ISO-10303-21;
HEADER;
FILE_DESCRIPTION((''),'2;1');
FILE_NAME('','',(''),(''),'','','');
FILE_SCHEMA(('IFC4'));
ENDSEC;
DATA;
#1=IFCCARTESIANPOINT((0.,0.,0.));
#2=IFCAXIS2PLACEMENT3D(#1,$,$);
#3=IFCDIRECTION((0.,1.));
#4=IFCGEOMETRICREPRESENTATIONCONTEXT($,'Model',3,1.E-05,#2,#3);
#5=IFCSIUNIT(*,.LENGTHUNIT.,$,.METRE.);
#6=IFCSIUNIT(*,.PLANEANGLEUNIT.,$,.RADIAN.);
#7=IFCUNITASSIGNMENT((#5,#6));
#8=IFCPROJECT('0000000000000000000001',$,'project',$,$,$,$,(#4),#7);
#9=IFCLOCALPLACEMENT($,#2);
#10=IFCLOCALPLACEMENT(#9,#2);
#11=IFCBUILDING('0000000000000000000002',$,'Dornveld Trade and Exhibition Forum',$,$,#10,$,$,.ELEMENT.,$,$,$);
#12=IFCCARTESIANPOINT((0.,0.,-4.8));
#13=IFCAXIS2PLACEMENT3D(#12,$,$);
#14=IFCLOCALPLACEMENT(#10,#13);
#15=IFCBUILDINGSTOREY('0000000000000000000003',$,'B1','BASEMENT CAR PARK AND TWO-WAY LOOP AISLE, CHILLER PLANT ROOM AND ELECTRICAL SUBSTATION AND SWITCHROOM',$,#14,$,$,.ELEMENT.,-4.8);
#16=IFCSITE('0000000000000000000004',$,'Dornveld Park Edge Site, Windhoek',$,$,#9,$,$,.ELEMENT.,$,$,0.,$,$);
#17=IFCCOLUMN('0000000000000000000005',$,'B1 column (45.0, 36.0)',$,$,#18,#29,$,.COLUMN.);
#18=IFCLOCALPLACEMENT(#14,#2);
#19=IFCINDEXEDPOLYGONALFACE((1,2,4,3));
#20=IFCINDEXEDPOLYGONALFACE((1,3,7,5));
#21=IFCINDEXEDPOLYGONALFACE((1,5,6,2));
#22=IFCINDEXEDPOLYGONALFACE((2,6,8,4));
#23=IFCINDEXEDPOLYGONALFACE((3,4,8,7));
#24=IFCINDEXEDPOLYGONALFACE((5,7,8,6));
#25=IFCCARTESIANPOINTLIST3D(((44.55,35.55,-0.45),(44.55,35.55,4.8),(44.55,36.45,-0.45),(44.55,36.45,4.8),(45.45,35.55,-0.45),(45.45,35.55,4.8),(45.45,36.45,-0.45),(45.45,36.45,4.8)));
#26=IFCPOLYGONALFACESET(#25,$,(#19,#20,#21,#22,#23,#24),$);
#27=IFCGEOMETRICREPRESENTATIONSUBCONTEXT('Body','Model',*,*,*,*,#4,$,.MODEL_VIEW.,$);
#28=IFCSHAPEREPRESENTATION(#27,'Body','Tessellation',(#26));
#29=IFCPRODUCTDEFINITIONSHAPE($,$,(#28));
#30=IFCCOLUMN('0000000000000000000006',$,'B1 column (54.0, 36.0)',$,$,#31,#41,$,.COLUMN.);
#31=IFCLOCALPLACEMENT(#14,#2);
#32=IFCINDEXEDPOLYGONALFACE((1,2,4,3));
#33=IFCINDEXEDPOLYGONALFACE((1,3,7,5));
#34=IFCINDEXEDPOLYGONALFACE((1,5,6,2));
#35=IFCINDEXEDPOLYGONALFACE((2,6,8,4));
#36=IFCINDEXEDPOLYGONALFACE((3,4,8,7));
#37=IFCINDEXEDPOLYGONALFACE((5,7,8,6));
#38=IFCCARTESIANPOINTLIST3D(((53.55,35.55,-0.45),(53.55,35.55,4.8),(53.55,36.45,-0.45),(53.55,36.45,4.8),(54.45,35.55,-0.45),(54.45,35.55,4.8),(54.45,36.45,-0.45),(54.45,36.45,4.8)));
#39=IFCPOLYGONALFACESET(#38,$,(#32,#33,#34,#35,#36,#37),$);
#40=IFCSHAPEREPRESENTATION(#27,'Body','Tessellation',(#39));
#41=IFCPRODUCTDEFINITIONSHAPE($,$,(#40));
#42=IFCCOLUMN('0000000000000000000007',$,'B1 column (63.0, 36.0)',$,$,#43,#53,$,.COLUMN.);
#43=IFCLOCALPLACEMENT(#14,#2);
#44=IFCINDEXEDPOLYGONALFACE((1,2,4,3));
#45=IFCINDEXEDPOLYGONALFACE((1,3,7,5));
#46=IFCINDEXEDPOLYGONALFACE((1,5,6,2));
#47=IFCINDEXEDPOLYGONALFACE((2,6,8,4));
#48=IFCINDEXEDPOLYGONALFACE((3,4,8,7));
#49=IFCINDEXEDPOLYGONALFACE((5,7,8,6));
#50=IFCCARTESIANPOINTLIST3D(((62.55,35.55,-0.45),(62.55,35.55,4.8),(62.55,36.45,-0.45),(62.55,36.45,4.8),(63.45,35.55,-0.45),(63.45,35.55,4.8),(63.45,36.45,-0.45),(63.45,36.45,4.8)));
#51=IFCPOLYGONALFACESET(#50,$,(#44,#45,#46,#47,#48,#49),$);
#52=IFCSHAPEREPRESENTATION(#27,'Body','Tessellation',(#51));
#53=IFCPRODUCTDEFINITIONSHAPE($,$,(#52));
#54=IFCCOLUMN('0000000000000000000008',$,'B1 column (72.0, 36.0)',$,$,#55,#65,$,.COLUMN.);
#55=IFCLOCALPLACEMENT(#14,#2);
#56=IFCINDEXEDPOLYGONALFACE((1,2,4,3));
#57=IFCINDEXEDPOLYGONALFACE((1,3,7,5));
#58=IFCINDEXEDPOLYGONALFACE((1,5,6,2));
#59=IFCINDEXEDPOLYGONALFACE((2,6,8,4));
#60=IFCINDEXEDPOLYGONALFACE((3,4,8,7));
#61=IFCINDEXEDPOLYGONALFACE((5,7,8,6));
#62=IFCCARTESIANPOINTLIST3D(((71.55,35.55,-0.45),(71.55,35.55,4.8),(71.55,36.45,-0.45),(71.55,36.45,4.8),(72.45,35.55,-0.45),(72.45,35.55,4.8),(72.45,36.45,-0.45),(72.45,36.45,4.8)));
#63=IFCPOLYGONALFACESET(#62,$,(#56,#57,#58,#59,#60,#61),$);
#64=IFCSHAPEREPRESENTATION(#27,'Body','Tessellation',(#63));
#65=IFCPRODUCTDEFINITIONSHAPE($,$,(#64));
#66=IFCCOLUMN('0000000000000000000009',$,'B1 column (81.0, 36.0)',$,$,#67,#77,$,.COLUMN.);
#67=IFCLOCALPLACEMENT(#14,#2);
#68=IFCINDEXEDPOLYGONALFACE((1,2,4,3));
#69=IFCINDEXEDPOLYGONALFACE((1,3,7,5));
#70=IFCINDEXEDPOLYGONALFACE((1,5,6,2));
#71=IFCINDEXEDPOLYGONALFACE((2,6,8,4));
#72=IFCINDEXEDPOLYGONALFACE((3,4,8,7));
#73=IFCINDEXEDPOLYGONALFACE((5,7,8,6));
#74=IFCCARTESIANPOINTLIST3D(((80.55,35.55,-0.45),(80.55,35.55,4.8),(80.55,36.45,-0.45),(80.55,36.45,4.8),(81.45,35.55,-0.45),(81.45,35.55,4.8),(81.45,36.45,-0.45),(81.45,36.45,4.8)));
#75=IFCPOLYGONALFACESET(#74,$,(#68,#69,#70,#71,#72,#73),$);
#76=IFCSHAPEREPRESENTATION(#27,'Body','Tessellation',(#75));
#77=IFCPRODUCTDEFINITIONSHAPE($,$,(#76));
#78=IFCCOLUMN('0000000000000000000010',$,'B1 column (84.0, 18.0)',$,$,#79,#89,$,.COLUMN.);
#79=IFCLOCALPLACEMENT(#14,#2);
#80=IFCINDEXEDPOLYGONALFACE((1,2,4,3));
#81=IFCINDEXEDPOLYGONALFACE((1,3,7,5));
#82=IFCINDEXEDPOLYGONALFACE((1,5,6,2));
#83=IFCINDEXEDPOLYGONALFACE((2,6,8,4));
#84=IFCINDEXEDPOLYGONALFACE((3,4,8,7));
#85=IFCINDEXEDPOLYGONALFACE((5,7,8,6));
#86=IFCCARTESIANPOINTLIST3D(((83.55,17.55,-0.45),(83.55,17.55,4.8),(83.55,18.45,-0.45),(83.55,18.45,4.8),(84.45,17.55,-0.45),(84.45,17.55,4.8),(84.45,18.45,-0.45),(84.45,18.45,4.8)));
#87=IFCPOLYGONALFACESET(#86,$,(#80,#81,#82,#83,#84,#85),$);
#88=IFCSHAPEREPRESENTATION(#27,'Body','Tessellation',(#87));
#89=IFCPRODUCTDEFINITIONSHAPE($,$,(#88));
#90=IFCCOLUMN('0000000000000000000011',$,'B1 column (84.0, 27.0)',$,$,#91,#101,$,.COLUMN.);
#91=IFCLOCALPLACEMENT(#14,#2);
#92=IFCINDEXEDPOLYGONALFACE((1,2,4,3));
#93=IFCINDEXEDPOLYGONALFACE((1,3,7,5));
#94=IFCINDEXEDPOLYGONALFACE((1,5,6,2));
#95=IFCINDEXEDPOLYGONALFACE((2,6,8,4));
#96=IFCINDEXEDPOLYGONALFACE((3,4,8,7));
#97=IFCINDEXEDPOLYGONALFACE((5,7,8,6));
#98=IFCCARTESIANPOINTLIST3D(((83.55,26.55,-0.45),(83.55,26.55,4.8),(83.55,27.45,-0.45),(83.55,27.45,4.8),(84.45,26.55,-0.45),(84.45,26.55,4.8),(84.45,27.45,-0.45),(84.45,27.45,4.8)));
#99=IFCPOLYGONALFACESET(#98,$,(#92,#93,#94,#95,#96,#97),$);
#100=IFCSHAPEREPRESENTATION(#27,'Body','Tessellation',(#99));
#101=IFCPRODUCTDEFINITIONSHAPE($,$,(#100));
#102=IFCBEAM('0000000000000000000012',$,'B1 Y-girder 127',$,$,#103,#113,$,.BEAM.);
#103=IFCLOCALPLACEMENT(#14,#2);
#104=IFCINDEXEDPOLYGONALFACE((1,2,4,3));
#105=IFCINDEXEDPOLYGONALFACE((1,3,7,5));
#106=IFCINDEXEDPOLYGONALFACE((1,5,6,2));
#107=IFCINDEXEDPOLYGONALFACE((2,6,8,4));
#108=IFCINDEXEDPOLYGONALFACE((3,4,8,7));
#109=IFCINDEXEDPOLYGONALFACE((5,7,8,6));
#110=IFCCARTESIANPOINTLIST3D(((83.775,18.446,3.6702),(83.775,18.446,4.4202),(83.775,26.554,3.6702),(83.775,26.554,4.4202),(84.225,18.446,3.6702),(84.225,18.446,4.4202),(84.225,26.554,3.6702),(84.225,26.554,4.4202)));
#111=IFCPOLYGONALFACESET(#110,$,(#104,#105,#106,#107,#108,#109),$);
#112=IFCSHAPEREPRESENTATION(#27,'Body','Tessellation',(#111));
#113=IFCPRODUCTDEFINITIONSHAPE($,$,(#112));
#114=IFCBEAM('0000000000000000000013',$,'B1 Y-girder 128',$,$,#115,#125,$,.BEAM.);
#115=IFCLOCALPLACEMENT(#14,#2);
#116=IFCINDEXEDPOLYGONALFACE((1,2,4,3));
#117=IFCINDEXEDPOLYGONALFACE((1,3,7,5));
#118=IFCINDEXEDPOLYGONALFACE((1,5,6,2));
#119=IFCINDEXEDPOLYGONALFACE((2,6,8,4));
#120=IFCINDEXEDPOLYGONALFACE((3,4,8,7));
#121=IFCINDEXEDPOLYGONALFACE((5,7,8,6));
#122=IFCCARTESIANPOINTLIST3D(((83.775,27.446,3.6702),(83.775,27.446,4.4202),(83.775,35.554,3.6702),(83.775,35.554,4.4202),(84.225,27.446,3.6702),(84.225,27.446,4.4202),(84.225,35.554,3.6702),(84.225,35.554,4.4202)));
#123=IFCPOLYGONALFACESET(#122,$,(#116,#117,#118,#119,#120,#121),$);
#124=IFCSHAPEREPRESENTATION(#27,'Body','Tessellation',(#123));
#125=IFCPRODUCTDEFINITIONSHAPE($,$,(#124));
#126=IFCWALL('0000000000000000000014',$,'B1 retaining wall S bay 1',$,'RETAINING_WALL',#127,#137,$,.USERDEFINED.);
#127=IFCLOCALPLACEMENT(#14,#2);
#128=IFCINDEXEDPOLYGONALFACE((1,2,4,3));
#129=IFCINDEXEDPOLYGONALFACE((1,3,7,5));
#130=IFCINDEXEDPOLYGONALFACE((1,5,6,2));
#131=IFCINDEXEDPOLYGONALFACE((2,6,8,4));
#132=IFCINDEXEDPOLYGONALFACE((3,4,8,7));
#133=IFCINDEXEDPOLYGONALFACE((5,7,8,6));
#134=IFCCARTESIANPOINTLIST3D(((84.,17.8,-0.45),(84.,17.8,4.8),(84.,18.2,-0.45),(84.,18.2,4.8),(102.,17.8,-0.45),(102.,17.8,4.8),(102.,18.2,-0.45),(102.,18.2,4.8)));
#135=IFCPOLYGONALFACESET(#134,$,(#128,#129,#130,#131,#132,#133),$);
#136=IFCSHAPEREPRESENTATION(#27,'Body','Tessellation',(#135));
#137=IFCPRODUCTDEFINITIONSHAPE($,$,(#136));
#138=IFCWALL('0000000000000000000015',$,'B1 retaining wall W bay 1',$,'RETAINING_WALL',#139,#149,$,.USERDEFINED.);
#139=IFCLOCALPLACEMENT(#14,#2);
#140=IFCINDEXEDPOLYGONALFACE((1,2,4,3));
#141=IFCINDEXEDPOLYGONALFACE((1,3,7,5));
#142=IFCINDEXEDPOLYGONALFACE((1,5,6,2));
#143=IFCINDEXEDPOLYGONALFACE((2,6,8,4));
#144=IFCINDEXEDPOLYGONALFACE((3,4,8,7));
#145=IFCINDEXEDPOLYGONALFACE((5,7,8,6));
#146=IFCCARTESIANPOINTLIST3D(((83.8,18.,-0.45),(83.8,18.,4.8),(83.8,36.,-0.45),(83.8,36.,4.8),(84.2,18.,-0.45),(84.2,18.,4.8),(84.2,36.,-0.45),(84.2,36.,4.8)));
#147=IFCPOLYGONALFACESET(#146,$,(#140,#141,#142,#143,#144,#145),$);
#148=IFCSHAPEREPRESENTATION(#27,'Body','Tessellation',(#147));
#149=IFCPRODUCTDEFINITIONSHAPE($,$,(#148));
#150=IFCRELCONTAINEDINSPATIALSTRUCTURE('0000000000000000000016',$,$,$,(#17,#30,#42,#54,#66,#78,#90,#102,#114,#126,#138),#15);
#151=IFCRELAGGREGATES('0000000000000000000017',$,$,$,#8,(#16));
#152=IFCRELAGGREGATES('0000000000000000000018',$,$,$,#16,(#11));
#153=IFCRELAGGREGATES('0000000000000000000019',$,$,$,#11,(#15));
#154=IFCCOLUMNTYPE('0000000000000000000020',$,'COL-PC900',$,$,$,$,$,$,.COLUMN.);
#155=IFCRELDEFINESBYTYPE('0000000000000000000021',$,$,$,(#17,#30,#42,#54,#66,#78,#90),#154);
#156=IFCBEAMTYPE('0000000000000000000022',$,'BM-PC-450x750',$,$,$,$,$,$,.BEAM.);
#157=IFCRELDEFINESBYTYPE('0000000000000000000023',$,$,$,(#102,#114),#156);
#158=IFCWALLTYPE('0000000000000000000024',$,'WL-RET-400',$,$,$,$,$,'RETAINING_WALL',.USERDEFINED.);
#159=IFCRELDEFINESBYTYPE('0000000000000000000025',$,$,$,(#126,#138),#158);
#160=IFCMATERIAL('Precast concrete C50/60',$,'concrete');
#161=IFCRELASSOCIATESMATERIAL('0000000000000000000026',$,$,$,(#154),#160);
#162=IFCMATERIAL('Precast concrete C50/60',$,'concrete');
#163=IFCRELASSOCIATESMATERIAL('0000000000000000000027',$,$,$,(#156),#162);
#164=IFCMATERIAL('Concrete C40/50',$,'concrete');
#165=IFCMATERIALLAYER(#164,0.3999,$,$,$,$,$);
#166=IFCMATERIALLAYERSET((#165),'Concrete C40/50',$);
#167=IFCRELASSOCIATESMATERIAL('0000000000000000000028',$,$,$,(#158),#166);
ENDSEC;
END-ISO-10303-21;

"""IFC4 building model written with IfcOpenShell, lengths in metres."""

from ifc_helpers import new_model, si_unit, direction, frame, frame_2d, origin, origin_2d, place, context, subcontext, project, spatial, rectangle, extrude, material, layer, layer_set, material_profile, profile_set, type_object, element, save


model = new_model("IFC4")

# Units and contexts
model_context = context("Model", 3, precision=1e-05, world=origin(), true_north=direction((0.0, 1.0)))
body_context = subcontext(model_context, "Body", "Model", "MODEL_VIEW")
ifc_project = project(units=[si_unit("LENGTHUNIT", "METRE"), si_unit("PLANEANGLEUNIT", "RADIAN")], contexts=[model_context])

# Site, building, storey
site_placement = place(None, origin())
site = spatial("IfcSite", under=ifc_project, at=site_placement, Name="Dornveld Park Edge Site, Windhoek", CompositionType="ELEMENT", RefElevation=0.0)
building_placement = place(site_placement, origin())
building = spatial("IfcBuilding", under=site, at=building_placement, Name="Dornveld Trade and Exhibition Forum", CompositionType="ELEMENT")
storey_placement = place(building_placement, frame((0.0, 0.0, -4.8)))
storey = spatial("IfcBuildingStorey", under=building, at=storey_placement, Name="B1", Description="BASEMENT CAR PARK AND TWO-WAY LOOP AISLE, CHILLER PLANT ROOM AND ELECTRICAL SUBSTATION AND SWITCHROOM", CompositionType="ELEMENT", Elevation=-4.8)

# Columns
ifc_material_1 = material(Name="Precast concrete C50/60", Category="concrete")
ifc_material_profile_1 = material_profile(ifc_material_1, rectangle(XDim=0.8999, YDim=0.8999, at=origin_2d()), Name="PC-COL 900x900")
ifc_profile_set_1 = profile_set([ifc_material_profile_1], Name="Precast concrete C50/60")
column_type = type_object("IfcColumnType", Name="COL-PC900", PredefinedType="COLUMN", material=ifc_profile_set_1)
for number, where, z_axis, x_axis, name in (
    (1, (45.0, 36.0, -0.45), (0.0, 0.0, 1.0), (1.0, 0.0, 0.0), "B1 column (45.0, 36.0)"),
    (2, (54.0, 36.0, -0.45), (0.0, 0.0, 1.0), (1.0, 0.0, 0.0), "B1 column (54.0, 36.0)"),
    (3, (63.0, 36.0, -0.45), (0.0, 0.0, 1.0), (1.0, 0.0, 0.0), "B1 column (63.0, 36.0)"),
    (4, (72.0, 36.0, -0.45), (0.0, 0.0, 1.0), (1.0, 0.0, 0.0), "B1 column (72.0, 36.0)"),
    (5, (81.0, 36.0, -0.45), (0.0, 0.0, 1.0), (1.0, 0.0, 0.0), "B1 column (81.0, 36.0)"),
    (6, (84.0, 18.0, -0.45), (0.0, 0.0, 1.0), (1.0, 0.0, 0.0), "B1 column (84.0, 18.0)"),
    (7, (84.0, 27.0, -0.45), (0.0, 0.0, 1.0), (1.0, 0.0, 0.0), "B1 column (84.0, 27.0)"),
):
    element("IfcColumn", number, at=place(storey_placement, frame(where, z_axis=z_axis, x_axis=x_axis)), inside=storey, type_object=column_type, Name=name, PredefinedType="COLUMN", context=body_context, shape_type="SweptSolid", body=[
        extrude(rectangle(XDim=0.8999, YDim=0.8999, at=origin_2d()), origin(), (0.0, 0.0, 1.0), 5.25),
    ])

# Beams
ifc_material_2 = material(Name="Precast concrete C50/60", Category="concrete")
ifc_material_profile_2 = material_profile(ifc_material_2, rectangle(XDim=0.45, YDim=0.75, at=origin_2d()), Name="PC-BM 450x750")
ifc_profile_set_2 = profile_set([ifc_material_profile_2], Name="Precast concrete C50/60")
beam_type = type_object("IfcBeamType", Name="BM-PC-450x750", PredefinedType="BEAM", material=ifc_profile_set_2)
for number, where, z_axis, x_axis, name in (
    (8, (84.0, 18.446, 4.0452), (0.0, 1.0, 0.0), (-1.0, 0.0, 0.0), "B1 Y-girder 127"),
    (9, (84.0, 27.446, 4.0452), (0.0, 1.0, 0.0), (-1.0, 0.0, 0.0), "B1 Y-girder 128"),
):
    element("IfcBeam", number, at=place(storey_placement, frame(where, z_axis=z_axis, x_axis=x_axis)), inside=storey, type_object=beam_type, Name=name, PredefinedType="BEAM", context=body_context, shape_type="SweptSolid", body=[
        extrude(rectangle(XDim=0.45, YDim=0.75, at=origin_2d()), origin(), (0.0, 0.0, 1.0), 8.1079),
    ])

# Walls
ifc_material_3 = material(Name="Concrete C40/50", Category="concrete")
ifc_layer = layer(ifc_material_3, 0.3999)
ifc_layer_set = layer_set([ifc_layer], Name="Concrete C40/50")
wall_type = type_object("IfcWallType", Name="WL-RET-400", ElementType="RETAINING_WALL", PredefinedType="USERDEFINED", material=ifc_layer_set)
for number, where, z_axis, x_axis, name in (
    (10, (84.0, 18.0, -0.45), (0.0, 0.0, 1.0), (1.0, 0.0, 0.0), "B1 retaining wall S bay 1"),
    (11, (84.0, 18.0, -0.45), (0.0, 0.0, 1.0), (0.0, 1.0, 0.0), "B1 retaining wall W bay 1"),
):
    element("IfcWall", number, at=place(storey_placement, frame(where, z_axis=z_axis, x_axis=x_axis)), inside=storey, type_object=wall_type, Name=name, ObjectType="RETAINING_WALL", PredefinedType="USERDEFINED", context=body_context, shape_type="SweptSolid", body=[
        extrude(rectangle(XDim=18.0, YDim=0.3999, at=frame_2d((9.0, 0.0))), origin(), (0.0, 0.0, 1.0), 5.25),
    ])

save(model, "model.ifc")
